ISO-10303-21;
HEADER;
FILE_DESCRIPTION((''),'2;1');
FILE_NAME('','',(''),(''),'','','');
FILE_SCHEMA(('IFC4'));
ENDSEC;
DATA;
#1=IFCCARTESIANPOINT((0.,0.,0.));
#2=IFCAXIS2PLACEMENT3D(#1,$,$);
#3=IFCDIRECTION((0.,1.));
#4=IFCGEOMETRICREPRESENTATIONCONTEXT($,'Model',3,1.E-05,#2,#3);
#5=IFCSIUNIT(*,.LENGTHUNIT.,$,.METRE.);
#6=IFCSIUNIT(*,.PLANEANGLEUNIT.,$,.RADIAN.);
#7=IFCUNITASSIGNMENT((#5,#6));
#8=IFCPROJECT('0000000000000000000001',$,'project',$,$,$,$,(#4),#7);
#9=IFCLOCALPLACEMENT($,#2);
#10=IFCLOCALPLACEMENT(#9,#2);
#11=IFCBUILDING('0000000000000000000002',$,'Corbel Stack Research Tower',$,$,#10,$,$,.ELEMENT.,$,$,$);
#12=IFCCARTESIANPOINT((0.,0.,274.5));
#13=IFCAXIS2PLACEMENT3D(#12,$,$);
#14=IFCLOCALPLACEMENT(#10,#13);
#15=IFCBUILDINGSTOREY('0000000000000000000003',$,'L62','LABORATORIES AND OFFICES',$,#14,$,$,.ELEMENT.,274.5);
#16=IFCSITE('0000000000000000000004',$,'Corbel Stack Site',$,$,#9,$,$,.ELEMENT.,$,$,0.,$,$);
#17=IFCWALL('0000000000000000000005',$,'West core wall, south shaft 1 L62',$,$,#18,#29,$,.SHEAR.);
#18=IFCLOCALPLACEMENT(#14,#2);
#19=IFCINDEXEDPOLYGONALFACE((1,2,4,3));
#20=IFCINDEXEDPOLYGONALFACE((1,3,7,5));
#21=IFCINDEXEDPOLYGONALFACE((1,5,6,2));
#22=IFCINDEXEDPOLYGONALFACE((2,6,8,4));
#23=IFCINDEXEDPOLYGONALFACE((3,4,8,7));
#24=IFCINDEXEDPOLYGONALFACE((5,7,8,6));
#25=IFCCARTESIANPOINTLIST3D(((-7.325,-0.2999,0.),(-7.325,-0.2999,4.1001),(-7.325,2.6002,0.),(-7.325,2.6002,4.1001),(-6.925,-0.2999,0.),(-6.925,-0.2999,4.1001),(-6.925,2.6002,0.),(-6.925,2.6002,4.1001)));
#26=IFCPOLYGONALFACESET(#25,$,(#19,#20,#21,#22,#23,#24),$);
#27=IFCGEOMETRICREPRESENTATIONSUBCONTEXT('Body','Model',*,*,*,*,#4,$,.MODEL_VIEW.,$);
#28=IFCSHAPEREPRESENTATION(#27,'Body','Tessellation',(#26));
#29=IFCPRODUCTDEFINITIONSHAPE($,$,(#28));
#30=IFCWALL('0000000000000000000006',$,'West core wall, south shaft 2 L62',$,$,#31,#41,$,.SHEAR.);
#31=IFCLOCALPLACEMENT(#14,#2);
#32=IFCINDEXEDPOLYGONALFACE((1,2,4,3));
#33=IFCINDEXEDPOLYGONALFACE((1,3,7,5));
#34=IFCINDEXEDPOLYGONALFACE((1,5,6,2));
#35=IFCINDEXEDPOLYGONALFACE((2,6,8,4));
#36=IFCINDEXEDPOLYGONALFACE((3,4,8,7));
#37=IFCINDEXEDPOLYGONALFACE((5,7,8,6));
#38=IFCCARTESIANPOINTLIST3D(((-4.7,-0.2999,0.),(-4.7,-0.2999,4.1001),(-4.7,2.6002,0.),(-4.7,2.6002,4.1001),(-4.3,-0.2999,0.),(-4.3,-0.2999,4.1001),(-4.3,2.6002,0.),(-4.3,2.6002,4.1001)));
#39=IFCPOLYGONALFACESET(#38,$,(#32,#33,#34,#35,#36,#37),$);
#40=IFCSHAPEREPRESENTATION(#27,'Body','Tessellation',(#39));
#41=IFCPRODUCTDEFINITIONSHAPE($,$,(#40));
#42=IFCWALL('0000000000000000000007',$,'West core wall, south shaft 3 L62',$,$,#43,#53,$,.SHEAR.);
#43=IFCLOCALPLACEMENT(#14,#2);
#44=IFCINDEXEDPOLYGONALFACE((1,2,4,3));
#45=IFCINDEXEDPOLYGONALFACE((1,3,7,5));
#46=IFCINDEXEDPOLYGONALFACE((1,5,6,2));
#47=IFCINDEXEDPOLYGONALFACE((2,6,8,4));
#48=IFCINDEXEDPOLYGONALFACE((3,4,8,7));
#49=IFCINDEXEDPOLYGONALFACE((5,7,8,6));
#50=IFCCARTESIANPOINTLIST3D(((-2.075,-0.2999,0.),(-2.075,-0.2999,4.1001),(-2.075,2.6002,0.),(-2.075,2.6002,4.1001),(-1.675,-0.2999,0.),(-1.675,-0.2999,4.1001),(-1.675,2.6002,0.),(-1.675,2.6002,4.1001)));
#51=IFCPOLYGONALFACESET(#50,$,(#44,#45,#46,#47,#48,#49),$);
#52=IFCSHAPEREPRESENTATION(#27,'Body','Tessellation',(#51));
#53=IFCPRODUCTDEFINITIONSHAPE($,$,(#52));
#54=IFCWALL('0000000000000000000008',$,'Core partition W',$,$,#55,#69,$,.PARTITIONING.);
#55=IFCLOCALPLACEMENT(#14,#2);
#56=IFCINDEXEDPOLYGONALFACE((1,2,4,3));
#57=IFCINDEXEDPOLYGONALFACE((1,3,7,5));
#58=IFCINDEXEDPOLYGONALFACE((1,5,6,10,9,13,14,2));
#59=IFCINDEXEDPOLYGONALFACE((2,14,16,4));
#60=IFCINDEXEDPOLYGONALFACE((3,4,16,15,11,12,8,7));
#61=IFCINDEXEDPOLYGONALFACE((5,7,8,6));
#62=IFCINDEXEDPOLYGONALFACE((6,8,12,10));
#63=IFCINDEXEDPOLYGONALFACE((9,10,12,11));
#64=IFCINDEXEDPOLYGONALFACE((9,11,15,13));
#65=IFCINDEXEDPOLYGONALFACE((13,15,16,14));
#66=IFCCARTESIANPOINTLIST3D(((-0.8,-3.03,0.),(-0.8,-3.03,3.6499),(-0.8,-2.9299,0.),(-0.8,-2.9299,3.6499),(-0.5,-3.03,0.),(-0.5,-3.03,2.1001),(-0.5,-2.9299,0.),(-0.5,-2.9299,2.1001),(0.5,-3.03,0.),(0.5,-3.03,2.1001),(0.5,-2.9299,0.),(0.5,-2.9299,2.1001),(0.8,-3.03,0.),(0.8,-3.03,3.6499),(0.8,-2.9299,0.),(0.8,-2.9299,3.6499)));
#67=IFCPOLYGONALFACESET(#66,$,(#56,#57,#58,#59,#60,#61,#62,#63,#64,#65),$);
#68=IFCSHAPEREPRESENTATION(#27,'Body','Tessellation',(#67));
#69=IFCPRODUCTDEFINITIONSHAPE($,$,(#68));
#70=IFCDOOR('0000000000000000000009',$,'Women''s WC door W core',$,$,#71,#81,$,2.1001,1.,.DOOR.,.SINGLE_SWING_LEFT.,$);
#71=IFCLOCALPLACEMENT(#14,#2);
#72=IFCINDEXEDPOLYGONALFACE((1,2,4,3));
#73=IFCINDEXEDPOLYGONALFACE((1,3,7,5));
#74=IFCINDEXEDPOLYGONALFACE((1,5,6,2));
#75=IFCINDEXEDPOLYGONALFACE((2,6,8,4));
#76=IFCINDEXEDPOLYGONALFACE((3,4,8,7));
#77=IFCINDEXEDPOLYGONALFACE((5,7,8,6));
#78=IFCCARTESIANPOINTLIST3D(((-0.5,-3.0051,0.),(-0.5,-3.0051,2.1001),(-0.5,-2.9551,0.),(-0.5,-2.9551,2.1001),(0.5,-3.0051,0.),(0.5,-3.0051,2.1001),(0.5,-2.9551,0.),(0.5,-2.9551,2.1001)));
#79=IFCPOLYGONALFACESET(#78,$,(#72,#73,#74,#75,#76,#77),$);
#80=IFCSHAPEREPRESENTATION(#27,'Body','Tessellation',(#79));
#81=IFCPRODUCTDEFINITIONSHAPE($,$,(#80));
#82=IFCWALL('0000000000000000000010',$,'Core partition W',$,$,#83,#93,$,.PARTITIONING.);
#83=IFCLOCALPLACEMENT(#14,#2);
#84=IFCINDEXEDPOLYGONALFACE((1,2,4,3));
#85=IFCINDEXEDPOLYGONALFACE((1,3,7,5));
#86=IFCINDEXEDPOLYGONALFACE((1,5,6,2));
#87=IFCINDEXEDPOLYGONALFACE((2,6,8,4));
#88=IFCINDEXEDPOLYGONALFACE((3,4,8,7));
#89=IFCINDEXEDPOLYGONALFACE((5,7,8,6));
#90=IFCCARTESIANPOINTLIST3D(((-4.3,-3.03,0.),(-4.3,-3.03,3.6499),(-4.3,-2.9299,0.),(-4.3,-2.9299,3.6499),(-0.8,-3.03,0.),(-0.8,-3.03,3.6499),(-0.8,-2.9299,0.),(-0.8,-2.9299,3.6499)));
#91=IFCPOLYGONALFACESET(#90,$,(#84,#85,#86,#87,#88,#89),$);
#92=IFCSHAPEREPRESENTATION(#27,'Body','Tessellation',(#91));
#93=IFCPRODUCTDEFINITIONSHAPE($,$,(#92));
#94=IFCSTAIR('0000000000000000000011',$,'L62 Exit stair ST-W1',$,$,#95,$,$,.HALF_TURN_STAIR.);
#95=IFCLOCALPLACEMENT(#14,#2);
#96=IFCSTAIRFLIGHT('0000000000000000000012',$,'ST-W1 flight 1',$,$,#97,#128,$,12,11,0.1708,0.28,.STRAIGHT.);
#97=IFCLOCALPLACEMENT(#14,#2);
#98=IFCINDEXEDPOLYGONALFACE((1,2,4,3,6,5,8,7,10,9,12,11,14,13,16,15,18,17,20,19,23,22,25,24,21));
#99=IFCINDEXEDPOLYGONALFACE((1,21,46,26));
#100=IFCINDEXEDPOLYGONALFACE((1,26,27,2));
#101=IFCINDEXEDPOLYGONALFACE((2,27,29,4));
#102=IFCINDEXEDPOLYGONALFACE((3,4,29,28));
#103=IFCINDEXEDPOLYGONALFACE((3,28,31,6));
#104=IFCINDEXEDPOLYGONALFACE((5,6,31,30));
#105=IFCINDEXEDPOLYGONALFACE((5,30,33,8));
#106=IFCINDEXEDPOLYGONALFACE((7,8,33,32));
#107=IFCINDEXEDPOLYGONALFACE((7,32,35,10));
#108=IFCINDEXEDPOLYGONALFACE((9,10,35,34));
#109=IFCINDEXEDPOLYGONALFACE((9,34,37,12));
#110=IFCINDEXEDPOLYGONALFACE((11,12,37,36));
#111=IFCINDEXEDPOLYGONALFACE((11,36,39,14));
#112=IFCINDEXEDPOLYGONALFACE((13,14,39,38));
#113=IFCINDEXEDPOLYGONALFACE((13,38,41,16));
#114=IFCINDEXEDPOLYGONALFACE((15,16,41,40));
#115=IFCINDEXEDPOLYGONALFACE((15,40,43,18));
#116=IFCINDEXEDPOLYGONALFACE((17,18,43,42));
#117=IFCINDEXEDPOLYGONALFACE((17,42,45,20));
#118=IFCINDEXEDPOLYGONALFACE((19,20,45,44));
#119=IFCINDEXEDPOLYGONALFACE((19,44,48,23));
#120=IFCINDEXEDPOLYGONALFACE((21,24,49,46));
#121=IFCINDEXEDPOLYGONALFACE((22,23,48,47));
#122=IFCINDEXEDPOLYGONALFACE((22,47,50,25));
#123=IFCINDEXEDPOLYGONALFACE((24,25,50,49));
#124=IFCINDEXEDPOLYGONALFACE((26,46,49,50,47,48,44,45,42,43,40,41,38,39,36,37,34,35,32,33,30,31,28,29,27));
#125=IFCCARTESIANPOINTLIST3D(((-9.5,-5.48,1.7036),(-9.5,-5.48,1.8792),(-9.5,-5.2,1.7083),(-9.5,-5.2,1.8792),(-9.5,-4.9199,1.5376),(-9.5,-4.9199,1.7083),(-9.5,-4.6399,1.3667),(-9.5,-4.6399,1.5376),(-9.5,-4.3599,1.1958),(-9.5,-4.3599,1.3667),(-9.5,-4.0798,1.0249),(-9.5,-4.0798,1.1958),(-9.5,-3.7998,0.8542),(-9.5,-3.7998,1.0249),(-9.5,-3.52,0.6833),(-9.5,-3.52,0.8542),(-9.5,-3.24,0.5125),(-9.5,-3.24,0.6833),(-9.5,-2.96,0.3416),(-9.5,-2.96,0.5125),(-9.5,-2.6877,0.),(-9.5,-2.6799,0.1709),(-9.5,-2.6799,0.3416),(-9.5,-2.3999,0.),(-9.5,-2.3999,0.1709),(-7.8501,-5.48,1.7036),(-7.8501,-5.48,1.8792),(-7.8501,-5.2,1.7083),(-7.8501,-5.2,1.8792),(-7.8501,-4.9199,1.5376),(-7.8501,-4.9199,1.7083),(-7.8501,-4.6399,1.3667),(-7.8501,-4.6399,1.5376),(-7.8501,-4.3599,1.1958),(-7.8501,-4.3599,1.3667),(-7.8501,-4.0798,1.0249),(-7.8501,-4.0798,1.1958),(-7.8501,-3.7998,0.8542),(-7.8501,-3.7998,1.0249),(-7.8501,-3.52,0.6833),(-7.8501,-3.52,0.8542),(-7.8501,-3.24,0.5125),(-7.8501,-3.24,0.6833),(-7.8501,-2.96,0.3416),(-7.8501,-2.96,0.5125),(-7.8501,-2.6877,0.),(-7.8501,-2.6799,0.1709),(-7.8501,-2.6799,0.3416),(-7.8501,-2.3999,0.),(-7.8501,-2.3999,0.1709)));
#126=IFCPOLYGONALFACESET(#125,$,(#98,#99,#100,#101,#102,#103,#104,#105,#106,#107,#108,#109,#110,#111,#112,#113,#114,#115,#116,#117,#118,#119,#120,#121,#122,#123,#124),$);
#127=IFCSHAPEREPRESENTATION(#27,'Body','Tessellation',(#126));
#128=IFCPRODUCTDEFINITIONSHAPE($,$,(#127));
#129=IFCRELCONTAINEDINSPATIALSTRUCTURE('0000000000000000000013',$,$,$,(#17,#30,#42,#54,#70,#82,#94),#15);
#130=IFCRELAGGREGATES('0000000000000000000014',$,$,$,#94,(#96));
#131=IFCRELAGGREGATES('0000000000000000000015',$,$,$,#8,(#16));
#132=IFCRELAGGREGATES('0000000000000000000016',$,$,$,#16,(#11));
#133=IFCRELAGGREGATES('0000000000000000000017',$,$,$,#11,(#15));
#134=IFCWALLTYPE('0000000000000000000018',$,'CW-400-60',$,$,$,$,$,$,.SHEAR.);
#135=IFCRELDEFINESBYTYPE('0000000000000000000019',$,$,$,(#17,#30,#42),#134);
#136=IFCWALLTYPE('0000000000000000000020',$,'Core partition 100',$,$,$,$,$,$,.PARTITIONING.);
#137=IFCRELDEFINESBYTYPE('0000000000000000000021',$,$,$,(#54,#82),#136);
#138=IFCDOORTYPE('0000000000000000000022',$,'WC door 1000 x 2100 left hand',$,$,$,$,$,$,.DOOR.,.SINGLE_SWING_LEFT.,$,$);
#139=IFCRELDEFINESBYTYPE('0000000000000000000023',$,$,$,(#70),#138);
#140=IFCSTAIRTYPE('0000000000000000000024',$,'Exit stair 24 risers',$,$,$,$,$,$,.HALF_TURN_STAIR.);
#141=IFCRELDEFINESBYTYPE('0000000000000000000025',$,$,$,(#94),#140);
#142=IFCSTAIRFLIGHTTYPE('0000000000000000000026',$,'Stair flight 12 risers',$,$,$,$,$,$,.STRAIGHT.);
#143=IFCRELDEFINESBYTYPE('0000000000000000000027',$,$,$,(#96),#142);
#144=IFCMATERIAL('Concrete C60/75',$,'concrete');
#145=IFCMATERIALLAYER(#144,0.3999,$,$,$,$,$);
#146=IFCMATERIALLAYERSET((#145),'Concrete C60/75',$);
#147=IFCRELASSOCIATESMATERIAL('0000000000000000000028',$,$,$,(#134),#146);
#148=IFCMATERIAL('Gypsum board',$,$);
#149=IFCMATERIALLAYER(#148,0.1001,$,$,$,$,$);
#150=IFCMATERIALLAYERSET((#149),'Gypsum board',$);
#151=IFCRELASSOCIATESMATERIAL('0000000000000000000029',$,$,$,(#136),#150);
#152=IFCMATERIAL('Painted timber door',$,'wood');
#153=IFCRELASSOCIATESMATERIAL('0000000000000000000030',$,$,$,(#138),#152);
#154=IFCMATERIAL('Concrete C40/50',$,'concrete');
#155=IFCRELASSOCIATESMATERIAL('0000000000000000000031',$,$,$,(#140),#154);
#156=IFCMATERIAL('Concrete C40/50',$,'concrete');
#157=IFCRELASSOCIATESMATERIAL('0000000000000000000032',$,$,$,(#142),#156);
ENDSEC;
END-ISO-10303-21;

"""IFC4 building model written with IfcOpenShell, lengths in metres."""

from ifc_helpers import new_model, si_unit, direction, frame, frame_2d, origin, place, context, subcontext, project, spatial, polyline, rectangle, outline, extrude, material, layer, layer_set, type_object, element, fill, aggregate, save


model = new_model("IFC4")

# Units and contexts
model_context = context("Model", 3, precision=1e-05, world=origin(), true_north=direction((0.0, 1.0)))
body_context = subcontext(model_context, "Body", "Model", "MODEL_VIEW")
ifc_project = project(units=[si_unit("LENGTHUNIT", "METRE"), si_unit("PLANEANGLEUNIT", "RADIAN")], contexts=[model_context])

# Site, building, storey
site_placement = place(None, origin())
site = spatial("IfcSite", under=ifc_project, at=site_placement, Name="Corbel Stack Site", CompositionType="ELEMENT", RefElevation=0.0)
building_placement = place(site_placement, origin())
building = spatial("IfcBuilding", under=site, at=building_placement, Name="Corbel Stack Research Tower", CompositionType="ELEMENT")
storey_placement = place(building_placement, frame((0.0, 0.0, 274.5)))
storey = spatial("IfcBuildingStorey", under=building, at=storey_placement, Name="L62", Description="LABORATORIES AND OFFICES", CompositionType="ELEMENT", Elevation=274.5)

# Walls
ifc_material_1 = material(Name="Concrete C60/75", Category="concrete")
ifc_layer_1 = layer(ifc_material_1, 0.3999)
ifc_layer_set_1 = layer_set([ifc_layer_1], Name="Concrete C60/75")
wall_type_1 = type_object("IfcWallType", Name="CW-400-60", PredefinedType="SHEAR", material=ifc_layer_set_1)
for number, where, z_axis, x_axis, name in (
    (1, (-7.125, -0.3, 0.0), (0.0, 0.0, 1.0), (0.0, 1.0, 0.0), "West core wall, south shaft 1 L62"),
    (2, (-4.5, -0.3, 0.0), (0.0, 0.0, 1.0), (0.0, 1.0, 0.0), "West core wall, south shaft 2 L62"),
    (3, (-1.875, -0.3, 0.0), (0.0, 0.0, 1.0), (0.0, 1.0, 0.0), "West core wall, south shaft 3 L62"),
):
    element("IfcWall", number, at=place(storey_placement, frame(where, z_axis=z_axis, x_axis=x_axis)), inside=storey, type_object=wall_type_1, Name=name, PredefinedType="SHEAR", context=body_context, shape_type="SweptSolid", body=[
        extrude(rectangle(XDim=2.9001, YDim=0.3999, at=frame_2d((1.4502, 0.0))), origin(), (0.0, 0.0, 1.0), 4.1001),
    ])

# Wall, opening, door
ifc_material_2 = material(Name="Gypsum board")
ifc_layer_2 = layer(ifc_material_2, 0.1001)
ifc_layer_set_2 = layer_set([ifc_layer_2], Name="Gypsum board")
wall_type_2 = type_object("IfcWallType", Name="Core partition 100", PredefinedType="PARTITIONING", material=ifc_layer_set_2)
wall_1_placement = place(storey_placement, frame((-0.8, -2.98, 0.0), z_axis=(0.0, 0.0, 1.0), x_axis=(1.0, 0.0, 0.0)))
wall_1 = element("IfcWall", 4, at=wall_1_placement, inside=storey, type_object=wall_type_2, Name="Core partition W", PredefinedType="PARTITIONING", context=body_context, shape_type="SweptSolid", body=[
    extrude(rectangle(XDim=1.6001, YDim=0.1001, at=frame_2d((0.8, 0.0))), origin(), (0.0, 0.0, 1.0), 3.6499),
])
opening_placement = place(wall_1_placement, frame((0.3, 0.0, 0.0)))
opening = element("IfcOpeningElement", 5, at=opening_placement, cuts=wall_1, PredefinedType="OPENING", context=body_context, shape_type="SweptSolid", body=[
    extrude(rectangle(XDim=1.0, YDim=2.1001, at=frame_2d((0.5, 1.05))), frame((0.0, 0.0601, 0.0), z_axis=(0.0, -1.0, 0.0), x_axis=(1.0, 0.0, 0.0)), (0.0, 0.0, 1.0), 0.1201),
])
ifc_material_3 = material(Name="Painted timber door", Category="wood")
door_type = type_object("IfcDoorType", Name="WC door 1000 x 2100 left hand", OperationType="SINGLE_SWING_LEFT", PredefinedType="DOOR", material=ifc_material_3)
door_placement = place(opening_placement, origin())
door = element("IfcDoor", 6, at=door_placement, inside=storey, type_object=door_type, Name="Women's WC door W core", OperationType="SINGLE_SWING_LEFT", OverallHeight=2.1001, OverallWidth=1.0, PredefinedType="DOOR", context=body_context, shape_type="SweptSolid", body=[
    extrude(rectangle(XDim=1.0, YDim=2.1001, at=frame_2d((0.5, 1.05))), frame((0.0, 0.0249, 0.0), z_axis=(0.0, -1.0, 0.0), x_axis=(1.0, 0.0, 0.0)), (0.0, 0.0, 1.0), 0.05),
])
fill(opening, door)

# Wall
wall_2_placement = place(storey_placement, frame((-4.3, -2.98, 0.0), z_axis=(0.0, 0.0, 1.0), x_axis=(1.0, 0.0, 0.0)))
element("IfcWall", 7, at=wall_2_placement, inside=storey, type_object=wall_type_2, Name="Core partition W", PredefinedType="PARTITIONING", context=body_context, shape_type="SweptSolid", body=[
    extrude(rectangle(XDim=3.5, YDim=0.1001, at=frame_2d((1.75, 0.0))), origin(), (0.0, 0.0, 1.0), 3.6499),
])

# Stair, stair flight
ifc_material_4 = material(Name="Concrete C40/50", Category="concrete")
stair_type = type_object("IfcStairType", Name="Exit stair 24 risers", PredefinedType="HALF_TURN_STAIR", material=ifc_material_4)
stair_placement = place(storey_placement, origin())
stair = element("IfcStair", 8, at=stair_placement, inside=storey, type_object=stair_type, Name="L62 Exit stair ST-W1", PredefinedType="HALF_TURN_STAIR")
ifc_material_5 = material(Name="Concrete C40/50", Category="concrete")
stair_flight_type = type_object("IfcStairFlightType", Name="Stair flight 12 risers", PredefinedType="STRAIGHT", material=ifc_material_5)
stair_flight_placement = place(storey_placement, frame((-8.675, -2.3999, 0.0), z_axis=(0.0, 0.0, 1.0), x_axis=(0.0, -1.0, 0.0)))
stair_flight = element("IfcStairFlight", 9, at=stair_flight_placement, type_object=stair_flight_type, Name="ST-W1 flight 1", NumberOfRisers=12, NumberOfTreads=11, PredefinedType="STRAIGHT", RiserHeight=0.1708, TreadLength=0.28, context=body_context, shape_type="SweptSolid", body=[
    extrude(outline(polyline([(0.0, 0.0), (0.0, 0.1709), (0.28, 0.1709), (0.28, 0.3416), (0.5601, 0.3416), (0.5601, 0.5125), (0.8401, 0.5125), (0.8401, 0.6833), (1.1201, 0.6833), (1.1201, 0.8542), (1.3999, 0.8542), (1.3999, 1.0249), (1.6799, 1.0249), (1.6799, 1.1958), (1.96, 1.1958), (1.96, 1.3667), (2.24, 1.3667), (2.24, 1.5376), (2.52, 1.5376), (2.52, 1.7083), (2.8, 1.7083), (2.8, 1.8792), (3.0801, 1.8792), (3.0801, 2.05), (3.0801, 1.7036), (0.2878, 0.0), (0.0, 0.0)])), frame((0.0, 0.825, 0.0), z_axis=(0.0, -1.0, 0.0), x_axis=(1.0, 0.0, 0.0)), (0.0, 0.0, 1.0), 1.6499),
])
aggregate(stair, [stair_flight])

save(model, "model.ifc")
